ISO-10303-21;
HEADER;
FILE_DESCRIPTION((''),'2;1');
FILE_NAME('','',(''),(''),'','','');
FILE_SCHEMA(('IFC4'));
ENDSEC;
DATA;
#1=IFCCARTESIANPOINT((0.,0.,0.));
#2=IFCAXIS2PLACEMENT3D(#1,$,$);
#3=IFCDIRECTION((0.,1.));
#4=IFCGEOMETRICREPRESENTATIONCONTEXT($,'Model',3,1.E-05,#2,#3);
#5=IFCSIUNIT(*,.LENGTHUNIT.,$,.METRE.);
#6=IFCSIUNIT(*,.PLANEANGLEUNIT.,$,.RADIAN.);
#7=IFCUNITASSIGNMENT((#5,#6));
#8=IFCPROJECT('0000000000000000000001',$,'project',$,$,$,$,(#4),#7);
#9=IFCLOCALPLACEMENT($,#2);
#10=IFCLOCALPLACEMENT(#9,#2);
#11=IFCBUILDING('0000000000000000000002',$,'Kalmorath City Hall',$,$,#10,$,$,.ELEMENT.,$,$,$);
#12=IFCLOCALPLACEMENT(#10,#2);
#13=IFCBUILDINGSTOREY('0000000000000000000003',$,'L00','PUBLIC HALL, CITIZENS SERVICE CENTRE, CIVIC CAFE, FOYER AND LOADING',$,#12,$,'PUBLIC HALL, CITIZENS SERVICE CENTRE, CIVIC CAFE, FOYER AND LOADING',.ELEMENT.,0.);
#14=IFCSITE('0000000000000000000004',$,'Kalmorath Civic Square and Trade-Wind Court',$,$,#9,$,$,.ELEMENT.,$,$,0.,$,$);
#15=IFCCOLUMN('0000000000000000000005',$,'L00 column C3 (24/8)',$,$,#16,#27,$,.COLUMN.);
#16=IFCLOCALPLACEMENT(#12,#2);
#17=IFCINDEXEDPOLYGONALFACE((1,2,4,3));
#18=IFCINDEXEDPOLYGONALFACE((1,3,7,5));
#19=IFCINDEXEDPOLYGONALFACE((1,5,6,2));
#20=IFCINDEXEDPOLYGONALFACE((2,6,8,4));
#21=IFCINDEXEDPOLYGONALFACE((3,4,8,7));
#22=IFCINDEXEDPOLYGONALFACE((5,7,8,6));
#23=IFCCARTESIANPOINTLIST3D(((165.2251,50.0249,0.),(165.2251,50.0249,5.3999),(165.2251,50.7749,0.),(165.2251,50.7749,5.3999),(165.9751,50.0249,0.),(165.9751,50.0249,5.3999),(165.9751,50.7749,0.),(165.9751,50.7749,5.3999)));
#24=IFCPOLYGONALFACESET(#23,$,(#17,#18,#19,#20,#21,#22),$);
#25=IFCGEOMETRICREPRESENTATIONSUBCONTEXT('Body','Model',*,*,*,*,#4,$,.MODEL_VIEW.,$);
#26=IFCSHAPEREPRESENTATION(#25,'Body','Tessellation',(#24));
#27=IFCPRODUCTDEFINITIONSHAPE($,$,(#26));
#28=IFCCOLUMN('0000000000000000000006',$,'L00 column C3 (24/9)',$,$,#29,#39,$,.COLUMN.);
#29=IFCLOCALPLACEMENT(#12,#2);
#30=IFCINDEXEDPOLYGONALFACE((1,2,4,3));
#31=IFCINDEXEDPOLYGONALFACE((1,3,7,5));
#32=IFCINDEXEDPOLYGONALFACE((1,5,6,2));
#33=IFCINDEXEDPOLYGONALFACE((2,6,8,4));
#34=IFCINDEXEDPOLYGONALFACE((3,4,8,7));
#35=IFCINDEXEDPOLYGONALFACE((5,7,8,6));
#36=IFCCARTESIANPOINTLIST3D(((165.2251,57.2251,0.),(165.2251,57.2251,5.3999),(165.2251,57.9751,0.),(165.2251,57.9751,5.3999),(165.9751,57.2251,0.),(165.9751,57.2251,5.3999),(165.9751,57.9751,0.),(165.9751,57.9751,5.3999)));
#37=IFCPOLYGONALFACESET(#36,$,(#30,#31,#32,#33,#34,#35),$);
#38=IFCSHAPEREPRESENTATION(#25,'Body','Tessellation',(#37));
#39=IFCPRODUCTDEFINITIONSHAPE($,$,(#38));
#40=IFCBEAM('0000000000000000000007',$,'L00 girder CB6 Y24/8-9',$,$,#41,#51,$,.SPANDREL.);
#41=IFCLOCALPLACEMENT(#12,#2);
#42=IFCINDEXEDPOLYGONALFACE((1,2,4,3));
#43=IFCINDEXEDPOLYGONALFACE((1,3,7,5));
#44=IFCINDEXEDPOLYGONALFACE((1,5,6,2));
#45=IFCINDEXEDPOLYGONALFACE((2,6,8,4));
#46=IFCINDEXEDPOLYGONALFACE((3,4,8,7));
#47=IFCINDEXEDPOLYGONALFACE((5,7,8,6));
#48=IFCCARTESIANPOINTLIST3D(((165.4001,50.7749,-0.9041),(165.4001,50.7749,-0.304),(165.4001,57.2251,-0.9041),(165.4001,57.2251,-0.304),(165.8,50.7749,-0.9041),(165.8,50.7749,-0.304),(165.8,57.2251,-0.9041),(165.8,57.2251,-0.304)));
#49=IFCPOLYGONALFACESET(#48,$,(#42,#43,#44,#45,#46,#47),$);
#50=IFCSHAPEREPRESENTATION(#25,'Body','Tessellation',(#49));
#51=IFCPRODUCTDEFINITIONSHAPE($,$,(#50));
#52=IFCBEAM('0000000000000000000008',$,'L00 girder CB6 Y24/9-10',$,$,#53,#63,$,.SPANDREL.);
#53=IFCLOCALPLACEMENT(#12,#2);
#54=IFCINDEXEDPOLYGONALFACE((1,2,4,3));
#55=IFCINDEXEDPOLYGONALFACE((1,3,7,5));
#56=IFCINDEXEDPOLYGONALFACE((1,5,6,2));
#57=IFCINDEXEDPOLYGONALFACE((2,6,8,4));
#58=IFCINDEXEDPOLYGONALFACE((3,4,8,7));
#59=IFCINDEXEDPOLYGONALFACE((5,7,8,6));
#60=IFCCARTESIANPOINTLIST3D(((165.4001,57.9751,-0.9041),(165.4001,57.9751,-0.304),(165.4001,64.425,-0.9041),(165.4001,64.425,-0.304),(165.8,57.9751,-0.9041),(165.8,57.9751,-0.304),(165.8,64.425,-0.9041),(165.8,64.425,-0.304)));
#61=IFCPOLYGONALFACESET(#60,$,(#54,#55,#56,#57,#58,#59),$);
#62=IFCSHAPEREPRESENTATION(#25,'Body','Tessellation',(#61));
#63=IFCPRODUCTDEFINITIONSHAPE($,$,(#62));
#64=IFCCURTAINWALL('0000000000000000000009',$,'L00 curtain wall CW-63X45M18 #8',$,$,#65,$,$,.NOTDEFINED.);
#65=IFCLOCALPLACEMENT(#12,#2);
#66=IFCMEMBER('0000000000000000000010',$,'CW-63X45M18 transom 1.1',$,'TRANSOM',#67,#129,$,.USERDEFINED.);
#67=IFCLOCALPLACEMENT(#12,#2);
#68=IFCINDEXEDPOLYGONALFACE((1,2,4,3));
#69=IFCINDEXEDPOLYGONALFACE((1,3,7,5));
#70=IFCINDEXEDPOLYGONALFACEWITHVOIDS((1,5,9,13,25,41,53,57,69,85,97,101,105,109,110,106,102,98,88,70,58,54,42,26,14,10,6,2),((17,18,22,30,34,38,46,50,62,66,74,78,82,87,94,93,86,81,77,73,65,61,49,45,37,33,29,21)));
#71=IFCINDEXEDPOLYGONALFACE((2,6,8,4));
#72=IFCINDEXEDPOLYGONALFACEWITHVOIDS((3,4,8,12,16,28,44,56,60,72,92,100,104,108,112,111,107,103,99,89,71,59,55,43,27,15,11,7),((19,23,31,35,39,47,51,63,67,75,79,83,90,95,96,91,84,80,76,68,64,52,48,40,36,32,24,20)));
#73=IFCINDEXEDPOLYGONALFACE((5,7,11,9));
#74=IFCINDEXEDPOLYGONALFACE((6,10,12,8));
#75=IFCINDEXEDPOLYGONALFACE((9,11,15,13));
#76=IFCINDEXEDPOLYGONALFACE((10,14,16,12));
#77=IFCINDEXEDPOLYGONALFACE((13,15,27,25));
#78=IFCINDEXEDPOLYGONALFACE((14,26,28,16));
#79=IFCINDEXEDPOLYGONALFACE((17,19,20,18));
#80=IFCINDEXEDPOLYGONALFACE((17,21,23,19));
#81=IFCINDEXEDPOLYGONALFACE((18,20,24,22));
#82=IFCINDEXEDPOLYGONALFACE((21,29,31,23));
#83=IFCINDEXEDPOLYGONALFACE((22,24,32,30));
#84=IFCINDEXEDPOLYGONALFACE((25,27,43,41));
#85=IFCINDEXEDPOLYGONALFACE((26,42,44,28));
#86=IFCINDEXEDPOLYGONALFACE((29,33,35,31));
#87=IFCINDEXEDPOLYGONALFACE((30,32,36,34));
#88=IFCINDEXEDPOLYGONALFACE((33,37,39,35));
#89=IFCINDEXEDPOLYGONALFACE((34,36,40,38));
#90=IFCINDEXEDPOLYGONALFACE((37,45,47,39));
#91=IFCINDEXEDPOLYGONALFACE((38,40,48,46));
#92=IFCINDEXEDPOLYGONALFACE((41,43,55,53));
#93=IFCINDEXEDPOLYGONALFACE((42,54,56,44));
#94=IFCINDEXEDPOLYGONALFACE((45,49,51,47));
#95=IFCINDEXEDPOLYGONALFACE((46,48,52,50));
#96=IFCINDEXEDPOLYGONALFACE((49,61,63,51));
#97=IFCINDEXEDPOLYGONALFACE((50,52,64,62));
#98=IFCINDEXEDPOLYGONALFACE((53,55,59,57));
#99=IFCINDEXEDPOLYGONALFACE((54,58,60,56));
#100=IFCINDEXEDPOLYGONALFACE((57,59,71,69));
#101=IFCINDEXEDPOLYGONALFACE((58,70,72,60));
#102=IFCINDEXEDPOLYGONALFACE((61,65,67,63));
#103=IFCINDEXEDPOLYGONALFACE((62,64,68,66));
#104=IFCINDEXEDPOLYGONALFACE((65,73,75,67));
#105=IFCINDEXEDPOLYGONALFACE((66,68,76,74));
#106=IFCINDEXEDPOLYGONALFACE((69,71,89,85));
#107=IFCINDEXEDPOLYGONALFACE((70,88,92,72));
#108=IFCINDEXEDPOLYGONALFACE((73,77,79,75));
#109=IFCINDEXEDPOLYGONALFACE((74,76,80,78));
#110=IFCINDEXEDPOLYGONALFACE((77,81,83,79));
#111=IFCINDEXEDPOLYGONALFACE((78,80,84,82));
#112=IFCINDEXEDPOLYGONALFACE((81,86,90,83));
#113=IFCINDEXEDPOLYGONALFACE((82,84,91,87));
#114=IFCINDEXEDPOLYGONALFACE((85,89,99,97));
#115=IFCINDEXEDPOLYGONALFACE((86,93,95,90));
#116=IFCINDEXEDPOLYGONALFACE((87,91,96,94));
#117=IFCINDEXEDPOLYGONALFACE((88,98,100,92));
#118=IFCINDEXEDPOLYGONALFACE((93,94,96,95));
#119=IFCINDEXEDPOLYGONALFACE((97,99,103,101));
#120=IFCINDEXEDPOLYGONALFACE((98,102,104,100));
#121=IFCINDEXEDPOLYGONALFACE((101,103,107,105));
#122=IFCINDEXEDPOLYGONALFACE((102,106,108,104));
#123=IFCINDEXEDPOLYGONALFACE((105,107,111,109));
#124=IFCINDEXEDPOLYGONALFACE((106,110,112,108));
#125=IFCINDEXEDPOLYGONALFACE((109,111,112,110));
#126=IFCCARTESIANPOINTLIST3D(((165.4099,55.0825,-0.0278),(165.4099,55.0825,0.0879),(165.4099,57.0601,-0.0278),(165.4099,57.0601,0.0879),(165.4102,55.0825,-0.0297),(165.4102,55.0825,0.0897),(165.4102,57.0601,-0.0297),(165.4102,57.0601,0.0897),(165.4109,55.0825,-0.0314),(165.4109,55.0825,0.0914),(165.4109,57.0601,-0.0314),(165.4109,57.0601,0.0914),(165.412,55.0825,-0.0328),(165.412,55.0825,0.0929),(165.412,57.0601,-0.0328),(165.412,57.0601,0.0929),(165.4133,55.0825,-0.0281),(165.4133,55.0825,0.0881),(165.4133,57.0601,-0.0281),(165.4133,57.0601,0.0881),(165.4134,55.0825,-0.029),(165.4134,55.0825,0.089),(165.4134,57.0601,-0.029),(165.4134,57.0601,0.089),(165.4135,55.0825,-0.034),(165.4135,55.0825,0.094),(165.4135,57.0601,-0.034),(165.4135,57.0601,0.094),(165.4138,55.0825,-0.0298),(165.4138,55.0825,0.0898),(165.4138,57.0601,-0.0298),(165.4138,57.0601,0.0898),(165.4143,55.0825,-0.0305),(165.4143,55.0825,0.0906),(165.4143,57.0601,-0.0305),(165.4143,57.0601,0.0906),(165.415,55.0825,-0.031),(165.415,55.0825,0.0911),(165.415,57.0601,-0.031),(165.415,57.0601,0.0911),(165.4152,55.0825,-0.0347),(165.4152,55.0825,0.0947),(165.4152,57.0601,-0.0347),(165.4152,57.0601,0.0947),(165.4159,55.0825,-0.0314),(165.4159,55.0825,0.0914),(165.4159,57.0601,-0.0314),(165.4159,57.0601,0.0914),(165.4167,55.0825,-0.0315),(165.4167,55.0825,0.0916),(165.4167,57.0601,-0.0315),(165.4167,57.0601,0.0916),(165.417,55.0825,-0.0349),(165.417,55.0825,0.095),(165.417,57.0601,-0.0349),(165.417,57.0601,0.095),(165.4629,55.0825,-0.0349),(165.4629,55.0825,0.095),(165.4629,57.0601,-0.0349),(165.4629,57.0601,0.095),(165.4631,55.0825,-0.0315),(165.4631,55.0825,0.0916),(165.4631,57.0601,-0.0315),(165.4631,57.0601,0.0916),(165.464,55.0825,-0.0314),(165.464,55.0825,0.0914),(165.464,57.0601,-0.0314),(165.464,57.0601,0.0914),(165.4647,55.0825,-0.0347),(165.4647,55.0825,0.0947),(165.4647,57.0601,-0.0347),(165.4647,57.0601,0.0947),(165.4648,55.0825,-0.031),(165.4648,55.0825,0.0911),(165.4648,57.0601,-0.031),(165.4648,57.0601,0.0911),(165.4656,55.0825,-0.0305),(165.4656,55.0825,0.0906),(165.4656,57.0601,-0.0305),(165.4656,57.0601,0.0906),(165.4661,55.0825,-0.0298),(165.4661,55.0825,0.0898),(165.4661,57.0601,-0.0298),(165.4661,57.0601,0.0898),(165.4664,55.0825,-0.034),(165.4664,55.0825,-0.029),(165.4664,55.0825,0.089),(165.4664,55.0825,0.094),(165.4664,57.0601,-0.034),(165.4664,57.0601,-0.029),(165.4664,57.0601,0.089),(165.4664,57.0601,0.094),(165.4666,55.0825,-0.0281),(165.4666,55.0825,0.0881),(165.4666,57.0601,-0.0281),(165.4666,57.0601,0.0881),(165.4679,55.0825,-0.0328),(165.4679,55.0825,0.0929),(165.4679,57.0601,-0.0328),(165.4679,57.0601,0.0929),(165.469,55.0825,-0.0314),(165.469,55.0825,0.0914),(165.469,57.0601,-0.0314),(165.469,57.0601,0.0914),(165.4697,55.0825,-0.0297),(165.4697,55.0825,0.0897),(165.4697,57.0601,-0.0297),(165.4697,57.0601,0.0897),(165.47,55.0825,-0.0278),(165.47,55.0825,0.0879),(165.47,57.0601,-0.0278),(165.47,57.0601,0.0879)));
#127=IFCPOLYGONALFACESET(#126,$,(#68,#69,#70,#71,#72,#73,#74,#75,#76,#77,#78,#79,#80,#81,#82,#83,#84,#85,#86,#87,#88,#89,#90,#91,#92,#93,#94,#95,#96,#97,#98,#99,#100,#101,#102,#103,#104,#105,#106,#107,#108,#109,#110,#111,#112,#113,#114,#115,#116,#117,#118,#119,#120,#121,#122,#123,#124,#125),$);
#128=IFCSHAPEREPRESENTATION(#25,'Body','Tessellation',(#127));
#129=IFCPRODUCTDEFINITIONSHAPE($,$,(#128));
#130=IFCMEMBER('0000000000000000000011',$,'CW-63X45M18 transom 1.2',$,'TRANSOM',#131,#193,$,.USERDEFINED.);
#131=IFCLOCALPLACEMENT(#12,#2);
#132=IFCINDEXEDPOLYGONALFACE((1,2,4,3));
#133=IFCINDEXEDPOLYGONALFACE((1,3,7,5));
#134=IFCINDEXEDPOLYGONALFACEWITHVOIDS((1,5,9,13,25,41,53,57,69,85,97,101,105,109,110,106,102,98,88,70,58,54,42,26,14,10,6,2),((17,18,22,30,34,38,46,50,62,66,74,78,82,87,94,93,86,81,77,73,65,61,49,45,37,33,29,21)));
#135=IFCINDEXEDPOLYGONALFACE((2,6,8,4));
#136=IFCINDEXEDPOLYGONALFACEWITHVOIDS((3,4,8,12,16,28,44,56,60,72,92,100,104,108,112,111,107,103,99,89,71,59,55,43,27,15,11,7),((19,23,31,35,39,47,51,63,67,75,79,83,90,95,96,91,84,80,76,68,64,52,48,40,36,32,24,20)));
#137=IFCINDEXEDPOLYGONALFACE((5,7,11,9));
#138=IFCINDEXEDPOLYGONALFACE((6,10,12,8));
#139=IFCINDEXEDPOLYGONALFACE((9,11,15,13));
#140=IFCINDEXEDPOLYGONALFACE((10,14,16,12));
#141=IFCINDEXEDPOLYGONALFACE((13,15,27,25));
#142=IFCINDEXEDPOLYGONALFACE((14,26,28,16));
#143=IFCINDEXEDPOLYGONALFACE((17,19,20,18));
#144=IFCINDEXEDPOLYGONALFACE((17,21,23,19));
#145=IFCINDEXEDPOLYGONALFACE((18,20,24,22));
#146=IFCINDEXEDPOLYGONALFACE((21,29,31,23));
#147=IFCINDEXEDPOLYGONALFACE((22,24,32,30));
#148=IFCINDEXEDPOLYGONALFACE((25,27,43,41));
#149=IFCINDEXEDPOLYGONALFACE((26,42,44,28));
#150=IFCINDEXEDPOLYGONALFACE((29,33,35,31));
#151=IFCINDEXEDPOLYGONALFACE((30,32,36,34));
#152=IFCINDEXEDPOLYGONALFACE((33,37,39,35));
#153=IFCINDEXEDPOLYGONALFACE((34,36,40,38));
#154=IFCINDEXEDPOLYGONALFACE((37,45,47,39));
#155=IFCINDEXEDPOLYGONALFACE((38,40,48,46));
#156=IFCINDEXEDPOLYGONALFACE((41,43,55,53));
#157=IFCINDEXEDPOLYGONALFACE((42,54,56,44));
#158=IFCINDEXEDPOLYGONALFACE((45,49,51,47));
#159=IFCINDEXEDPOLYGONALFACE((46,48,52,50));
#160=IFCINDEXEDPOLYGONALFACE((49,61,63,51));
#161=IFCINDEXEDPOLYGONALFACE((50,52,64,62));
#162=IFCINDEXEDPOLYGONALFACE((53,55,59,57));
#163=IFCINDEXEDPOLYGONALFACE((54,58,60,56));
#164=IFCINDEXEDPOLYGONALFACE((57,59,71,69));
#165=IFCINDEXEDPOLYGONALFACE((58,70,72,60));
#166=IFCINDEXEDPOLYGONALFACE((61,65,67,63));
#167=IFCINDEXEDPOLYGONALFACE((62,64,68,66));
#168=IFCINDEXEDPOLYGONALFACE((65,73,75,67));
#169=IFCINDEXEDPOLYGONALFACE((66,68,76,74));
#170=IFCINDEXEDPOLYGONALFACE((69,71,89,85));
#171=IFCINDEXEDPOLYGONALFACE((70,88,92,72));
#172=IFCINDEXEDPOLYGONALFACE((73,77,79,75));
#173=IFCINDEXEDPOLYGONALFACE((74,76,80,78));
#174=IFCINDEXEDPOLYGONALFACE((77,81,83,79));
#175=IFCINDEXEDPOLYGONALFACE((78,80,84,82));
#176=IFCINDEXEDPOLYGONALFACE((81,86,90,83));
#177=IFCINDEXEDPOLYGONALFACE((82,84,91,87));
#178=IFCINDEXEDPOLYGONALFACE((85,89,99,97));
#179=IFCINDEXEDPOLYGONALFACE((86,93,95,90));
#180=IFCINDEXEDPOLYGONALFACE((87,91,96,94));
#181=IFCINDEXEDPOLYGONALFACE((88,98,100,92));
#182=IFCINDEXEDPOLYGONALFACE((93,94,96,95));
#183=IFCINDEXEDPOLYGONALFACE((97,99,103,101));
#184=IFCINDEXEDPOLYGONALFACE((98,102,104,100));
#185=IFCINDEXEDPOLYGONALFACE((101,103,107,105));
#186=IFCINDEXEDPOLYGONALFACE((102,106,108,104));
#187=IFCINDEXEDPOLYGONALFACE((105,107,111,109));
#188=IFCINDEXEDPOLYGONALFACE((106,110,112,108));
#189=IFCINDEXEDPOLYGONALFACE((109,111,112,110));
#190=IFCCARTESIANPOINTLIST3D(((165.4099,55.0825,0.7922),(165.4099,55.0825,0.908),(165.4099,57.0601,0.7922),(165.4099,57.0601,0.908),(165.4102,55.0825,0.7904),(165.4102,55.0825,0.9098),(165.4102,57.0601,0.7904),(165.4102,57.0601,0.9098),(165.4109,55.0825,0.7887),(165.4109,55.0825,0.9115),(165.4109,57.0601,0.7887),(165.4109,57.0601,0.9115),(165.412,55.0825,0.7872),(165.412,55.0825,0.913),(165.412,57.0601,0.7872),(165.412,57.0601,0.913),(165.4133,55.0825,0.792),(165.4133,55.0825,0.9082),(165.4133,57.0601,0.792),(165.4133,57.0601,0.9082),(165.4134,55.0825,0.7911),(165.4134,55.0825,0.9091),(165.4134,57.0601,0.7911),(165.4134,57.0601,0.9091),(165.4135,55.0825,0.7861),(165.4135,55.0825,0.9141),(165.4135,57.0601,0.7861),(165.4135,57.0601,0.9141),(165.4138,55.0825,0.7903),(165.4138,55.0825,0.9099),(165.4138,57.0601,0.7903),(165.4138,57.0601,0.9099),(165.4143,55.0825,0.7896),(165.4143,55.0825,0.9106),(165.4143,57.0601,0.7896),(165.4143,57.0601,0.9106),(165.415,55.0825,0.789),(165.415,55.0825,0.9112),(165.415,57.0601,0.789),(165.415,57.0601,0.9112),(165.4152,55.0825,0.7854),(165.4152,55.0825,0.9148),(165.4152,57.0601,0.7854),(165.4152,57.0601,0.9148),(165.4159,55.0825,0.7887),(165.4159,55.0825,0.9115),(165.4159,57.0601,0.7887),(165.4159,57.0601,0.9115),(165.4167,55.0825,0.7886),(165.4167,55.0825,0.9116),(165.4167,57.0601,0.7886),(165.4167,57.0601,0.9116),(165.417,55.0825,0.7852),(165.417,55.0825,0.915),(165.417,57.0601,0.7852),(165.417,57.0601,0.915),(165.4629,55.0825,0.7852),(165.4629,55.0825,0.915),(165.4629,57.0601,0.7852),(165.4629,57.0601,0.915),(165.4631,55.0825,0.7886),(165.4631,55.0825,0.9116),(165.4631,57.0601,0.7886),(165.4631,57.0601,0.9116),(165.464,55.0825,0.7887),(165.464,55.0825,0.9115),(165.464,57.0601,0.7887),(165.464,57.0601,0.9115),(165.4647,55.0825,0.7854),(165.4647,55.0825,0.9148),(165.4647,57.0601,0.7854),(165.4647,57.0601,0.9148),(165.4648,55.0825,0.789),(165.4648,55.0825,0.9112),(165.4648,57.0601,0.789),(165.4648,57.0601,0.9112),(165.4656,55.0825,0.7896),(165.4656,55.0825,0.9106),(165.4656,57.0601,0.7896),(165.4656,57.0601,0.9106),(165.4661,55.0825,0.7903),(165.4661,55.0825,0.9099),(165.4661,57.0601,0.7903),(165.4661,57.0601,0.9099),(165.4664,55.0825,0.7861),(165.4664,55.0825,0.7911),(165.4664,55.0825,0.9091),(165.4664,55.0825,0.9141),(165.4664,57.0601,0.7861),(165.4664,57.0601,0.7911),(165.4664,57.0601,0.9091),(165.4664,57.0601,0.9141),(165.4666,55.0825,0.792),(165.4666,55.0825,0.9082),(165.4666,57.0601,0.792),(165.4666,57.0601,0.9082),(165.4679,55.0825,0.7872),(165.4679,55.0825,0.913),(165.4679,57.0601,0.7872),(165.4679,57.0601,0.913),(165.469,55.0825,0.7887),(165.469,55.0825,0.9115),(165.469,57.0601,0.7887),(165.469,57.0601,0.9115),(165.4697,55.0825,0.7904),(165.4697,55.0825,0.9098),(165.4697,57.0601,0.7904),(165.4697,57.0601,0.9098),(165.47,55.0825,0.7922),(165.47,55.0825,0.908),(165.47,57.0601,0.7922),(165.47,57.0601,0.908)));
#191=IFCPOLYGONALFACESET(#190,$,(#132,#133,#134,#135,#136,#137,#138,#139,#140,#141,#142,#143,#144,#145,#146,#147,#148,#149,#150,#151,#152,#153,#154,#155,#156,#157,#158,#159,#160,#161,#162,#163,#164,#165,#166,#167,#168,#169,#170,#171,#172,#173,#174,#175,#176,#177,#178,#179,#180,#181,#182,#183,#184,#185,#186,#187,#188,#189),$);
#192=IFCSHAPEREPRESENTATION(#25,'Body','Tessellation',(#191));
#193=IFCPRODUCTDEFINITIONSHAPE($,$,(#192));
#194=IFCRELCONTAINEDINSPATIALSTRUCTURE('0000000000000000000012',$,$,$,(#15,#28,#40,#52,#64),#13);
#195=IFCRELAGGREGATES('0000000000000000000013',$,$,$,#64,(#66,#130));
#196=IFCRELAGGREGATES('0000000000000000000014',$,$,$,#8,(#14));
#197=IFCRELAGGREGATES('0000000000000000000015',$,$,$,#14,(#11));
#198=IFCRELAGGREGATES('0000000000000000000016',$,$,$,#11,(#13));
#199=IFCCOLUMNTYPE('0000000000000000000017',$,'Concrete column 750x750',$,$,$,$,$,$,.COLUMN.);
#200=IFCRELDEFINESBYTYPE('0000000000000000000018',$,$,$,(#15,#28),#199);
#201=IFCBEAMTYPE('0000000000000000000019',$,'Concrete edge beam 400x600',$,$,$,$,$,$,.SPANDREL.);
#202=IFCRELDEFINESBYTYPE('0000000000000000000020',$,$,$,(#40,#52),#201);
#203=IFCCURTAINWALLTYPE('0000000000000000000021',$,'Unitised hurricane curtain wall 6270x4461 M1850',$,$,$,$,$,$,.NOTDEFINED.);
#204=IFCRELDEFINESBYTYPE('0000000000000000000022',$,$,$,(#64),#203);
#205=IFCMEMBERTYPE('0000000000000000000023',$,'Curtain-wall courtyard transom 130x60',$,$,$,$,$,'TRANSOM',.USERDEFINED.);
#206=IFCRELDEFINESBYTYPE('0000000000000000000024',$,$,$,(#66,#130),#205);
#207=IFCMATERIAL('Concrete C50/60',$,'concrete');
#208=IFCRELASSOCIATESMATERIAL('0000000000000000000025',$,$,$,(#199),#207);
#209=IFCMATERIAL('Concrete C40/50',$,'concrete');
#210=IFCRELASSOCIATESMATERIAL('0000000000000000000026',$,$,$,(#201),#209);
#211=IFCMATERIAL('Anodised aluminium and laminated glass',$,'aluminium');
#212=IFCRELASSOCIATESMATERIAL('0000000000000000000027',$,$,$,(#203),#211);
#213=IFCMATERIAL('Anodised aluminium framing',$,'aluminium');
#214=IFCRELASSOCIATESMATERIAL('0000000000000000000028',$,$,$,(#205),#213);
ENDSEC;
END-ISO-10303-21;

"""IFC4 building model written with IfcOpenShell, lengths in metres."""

from ifc_helpers import new_model, si_unit, direction, frame, origin, origin_2d, place, context, subcontext, project, spatial, rectangle, hollow_rectangle, extrude, material, material_profile, profile_set, type_object, element, aggregate, save


model = new_model("IFC4")

# Units and contexts
model_context = context("Model", 3, precision=1e-05, world=origin(), true_north=direction((0.0, 1.0)))
body_context = subcontext(model_context, "Body", "Model", "MODEL_VIEW")
ifc_project = project(units=[si_unit("LENGTHUNIT", "METRE"), si_unit("PLANEANGLEUNIT", "RADIAN")], contexts=[model_context])

# Site, building, storey
site_placement = place(None, origin())
site = spatial("IfcSite", under=ifc_project, at=site_placement, Name="Kalmorath Civic Square and Trade-Wind Court", CompositionType="ELEMENT", RefElevation=0.0)
building_placement = place(site_placement, origin())
building = spatial("IfcBuilding", under=site, at=building_placement, Name="Kalmorath City Hall", CompositionType="ELEMENT")
storey_placement = place(building_placement, origin())
storey = spatial("IfcBuildingStorey", under=building, at=storey_placement, Name="L00", Description="PUBLIC HALL, CITIZENS SERVICE CENTRE, CIVIC CAFE, FOYER AND LOADING", LongName="PUBLIC HALL, CITIZENS SERVICE CENTRE, CIVIC CAFE, FOYER AND LOADING", CompositionType="ELEMENT", Elevation=0.0)

# Columns
ifc_material_1 = material(Name="Concrete C50/60", Category="concrete")
ifc_material_profile_1 = material_profile(ifc_material_1, rectangle(XDim=0.75, YDim=0.75, at=origin_2d()), Name="RC-COL-750X750")
ifc_profile_set_1 = profile_set([ifc_material_profile_1], Name="Concrete C50/60")
column_type = type_object("IfcColumnType", Name="Concrete column 750x750", PredefinedType="COLUMN", material=ifc_profile_set_1)
for number, where, z_axis, x_axis, name in (
    (1, (165.6001, 50.3999, 0.0), (0.0, 0.0, 1.0), (1.0, 0.0, 0.0), "L00 column C3 (24/8)"),
    (2, (165.6001, 57.6001, 0.0), (0.0, 0.0, 1.0), (1.0, 0.0, 0.0), "L00 column C3 (24/9)"),
):
    element("IfcColumn", number, at=place(storey_placement, frame(where, z_axis=z_axis, x_axis=x_axis)), inside=storey, type_object=column_type, Name=name, PredefinedType="COLUMN", context=body_context, shape_type="SweptSolid", body=[
        extrude(rectangle(XDim=0.75, YDim=0.75, at=origin_2d()), origin(), (0.0, 0.0, 1.0), 5.3999),
    ])

# Beams
ifc_material_2 = material(Name="Concrete C40/50", Category="concrete")
ifc_material_profile_2 = material_profile(ifc_material_2, rectangle(XDim=0.3999, YDim=0.6001, at=origin_2d()), Name="RC-BM-400X600")
ifc_profile_set_2 = profile_set([ifc_material_profile_2], Name="Concrete C40/50")
beam_type = type_object("IfcBeamType", Name="Concrete edge beam 400x600", PredefinedType="SPANDREL", material=ifc_profile_set_2)
beam_1_placement = place(storey_placement, frame((165.6001, 50.7749, -0.604), z_axis=(0.0, 1.0, 0.0), x_axis=(-1.0, 0.0, 0.0)))
element("IfcBeam", 3, at=beam_1_placement, inside=storey, type_object=beam_type, Name="L00 girder CB6 Y24/8-9", PredefinedType="SPANDREL", context=body_context, shape_type="SweptSolid", body=[
    extrude(rectangle(XDim=0.3999, YDim=0.6001, at=origin_2d()), origin(), (0.0, 0.0, 1.0), 6.4502),
])
beam_2_placement = place(storey_placement, frame((165.6001, 57.9751, -0.604), z_axis=(0.0, 1.0, 0.0), x_axis=(-1.0, 0.0, 0.0)))
element("IfcBeam", 4, at=beam_2_placement, inside=storey, type_object=beam_type, Name="L00 girder CB6 Y24/9-10", PredefinedType="SPANDREL", context=body_context, shape_type="SweptSolid", body=[
    extrude(rectangle(XDim=0.3999, YDim=0.6001, at=origin_2d()), origin(), (0.0, 0.0, 1.0), 6.45),
])

# Curtain wall, members
ifc_material_3 = material(Name="Anodised aluminium and laminated glass", Category="aluminium")
curtain_wall_type = type_object("IfcCurtainWallType", Name="Unitised hurricane curtain wall 6270x4461 M1850", PredefinedType="NOTDEFINED", material=ifc_material_3)
curtain_wall_placement = place(storey_placement, origin())
curtain_wall = element("IfcCurtainWall", 5, at=curtain_wall_placement, inside=storey, type_object=curtain_wall_type, Name="L00 curtain wall CW-63X45M18 #8", PredefinedType="NOTDEFINED")
ifc_material_4 = material(Name="Anodised aluminium framing", Category="aluminium")
ifc_material_profile_3 = material_profile(ifc_material_4, hollow_rectangle(XDim=0.0601, YDim=0.1299, WallThickness=0.0034, InnerFilletRadius=0.0034, OuterFilletRadius=0.0071, at=origin_2d()), Name="ALU-TRN-130X60X3.5")
ifc_profile_set_3 = profile_set([ifc_material_profile_3], Name="Anodised aluminium framing")
member_type_1 = type_object("IfcMemberType", Name="Curtain-wall courtyard transom 130x60", ElementType="TRANSOM", PredefinedType="USERDEFINED", material=ifc_profile_set_3)
member_1_placement = place(storey_placement, frame((165.4399, 57.0601, 0.03), z_axis=(0.0, -1.0, 0.0), x_axis=(1.0, 0.0, 0.0)))
member_1 = element("IfcMember", 6, at=member_1_placement, type_object=member_type_1, Name="CW-63X45M18 transom 1.1", ObjectType="TRANSOM", PredefinedType="USERDEFINED", context=body_context, shape_type="SweptSolid", body=[
    extrude(hollow_rectangle(XDim=0.0601, YDim=0.1299, WallThickness=0.0034, InnerFilletRadius=0.0034, OuterFilletRadius=0.0071, at=origin_2d()), origin(), (0.0, 0.0, 1.0), 1.9775),
])
member_2_placement = place(storey_placement, frame((165.4399, 57.0601, 0.8501), z_axis=(0.0, -1.0, 0.0), x_axis=(1.0, 0.0, 0.0)))
member_2 = element("IfcMember", 7, at=member_2_placement, type_object=member_type_1, Name="CW-63X45M18 transom 1.2", ObjectType="TRANSOM", PredefinedType="USERDEFINED", context=body_context, shape_type="SweptSolid", body=[
    extrude(hollow_rectangle(XDim=0.0601, YDim=0.1299, WallThickness=0.0034, InnerFilletRadius=0.0034, OuterFilletRadius=0.0071, at=origin_2d()), origin(), (0.0, 0.0, 1.0), 1.9775),
])
aggregate(curtain_wall, [member_1, member_2])

save(model, "model.ifc")
